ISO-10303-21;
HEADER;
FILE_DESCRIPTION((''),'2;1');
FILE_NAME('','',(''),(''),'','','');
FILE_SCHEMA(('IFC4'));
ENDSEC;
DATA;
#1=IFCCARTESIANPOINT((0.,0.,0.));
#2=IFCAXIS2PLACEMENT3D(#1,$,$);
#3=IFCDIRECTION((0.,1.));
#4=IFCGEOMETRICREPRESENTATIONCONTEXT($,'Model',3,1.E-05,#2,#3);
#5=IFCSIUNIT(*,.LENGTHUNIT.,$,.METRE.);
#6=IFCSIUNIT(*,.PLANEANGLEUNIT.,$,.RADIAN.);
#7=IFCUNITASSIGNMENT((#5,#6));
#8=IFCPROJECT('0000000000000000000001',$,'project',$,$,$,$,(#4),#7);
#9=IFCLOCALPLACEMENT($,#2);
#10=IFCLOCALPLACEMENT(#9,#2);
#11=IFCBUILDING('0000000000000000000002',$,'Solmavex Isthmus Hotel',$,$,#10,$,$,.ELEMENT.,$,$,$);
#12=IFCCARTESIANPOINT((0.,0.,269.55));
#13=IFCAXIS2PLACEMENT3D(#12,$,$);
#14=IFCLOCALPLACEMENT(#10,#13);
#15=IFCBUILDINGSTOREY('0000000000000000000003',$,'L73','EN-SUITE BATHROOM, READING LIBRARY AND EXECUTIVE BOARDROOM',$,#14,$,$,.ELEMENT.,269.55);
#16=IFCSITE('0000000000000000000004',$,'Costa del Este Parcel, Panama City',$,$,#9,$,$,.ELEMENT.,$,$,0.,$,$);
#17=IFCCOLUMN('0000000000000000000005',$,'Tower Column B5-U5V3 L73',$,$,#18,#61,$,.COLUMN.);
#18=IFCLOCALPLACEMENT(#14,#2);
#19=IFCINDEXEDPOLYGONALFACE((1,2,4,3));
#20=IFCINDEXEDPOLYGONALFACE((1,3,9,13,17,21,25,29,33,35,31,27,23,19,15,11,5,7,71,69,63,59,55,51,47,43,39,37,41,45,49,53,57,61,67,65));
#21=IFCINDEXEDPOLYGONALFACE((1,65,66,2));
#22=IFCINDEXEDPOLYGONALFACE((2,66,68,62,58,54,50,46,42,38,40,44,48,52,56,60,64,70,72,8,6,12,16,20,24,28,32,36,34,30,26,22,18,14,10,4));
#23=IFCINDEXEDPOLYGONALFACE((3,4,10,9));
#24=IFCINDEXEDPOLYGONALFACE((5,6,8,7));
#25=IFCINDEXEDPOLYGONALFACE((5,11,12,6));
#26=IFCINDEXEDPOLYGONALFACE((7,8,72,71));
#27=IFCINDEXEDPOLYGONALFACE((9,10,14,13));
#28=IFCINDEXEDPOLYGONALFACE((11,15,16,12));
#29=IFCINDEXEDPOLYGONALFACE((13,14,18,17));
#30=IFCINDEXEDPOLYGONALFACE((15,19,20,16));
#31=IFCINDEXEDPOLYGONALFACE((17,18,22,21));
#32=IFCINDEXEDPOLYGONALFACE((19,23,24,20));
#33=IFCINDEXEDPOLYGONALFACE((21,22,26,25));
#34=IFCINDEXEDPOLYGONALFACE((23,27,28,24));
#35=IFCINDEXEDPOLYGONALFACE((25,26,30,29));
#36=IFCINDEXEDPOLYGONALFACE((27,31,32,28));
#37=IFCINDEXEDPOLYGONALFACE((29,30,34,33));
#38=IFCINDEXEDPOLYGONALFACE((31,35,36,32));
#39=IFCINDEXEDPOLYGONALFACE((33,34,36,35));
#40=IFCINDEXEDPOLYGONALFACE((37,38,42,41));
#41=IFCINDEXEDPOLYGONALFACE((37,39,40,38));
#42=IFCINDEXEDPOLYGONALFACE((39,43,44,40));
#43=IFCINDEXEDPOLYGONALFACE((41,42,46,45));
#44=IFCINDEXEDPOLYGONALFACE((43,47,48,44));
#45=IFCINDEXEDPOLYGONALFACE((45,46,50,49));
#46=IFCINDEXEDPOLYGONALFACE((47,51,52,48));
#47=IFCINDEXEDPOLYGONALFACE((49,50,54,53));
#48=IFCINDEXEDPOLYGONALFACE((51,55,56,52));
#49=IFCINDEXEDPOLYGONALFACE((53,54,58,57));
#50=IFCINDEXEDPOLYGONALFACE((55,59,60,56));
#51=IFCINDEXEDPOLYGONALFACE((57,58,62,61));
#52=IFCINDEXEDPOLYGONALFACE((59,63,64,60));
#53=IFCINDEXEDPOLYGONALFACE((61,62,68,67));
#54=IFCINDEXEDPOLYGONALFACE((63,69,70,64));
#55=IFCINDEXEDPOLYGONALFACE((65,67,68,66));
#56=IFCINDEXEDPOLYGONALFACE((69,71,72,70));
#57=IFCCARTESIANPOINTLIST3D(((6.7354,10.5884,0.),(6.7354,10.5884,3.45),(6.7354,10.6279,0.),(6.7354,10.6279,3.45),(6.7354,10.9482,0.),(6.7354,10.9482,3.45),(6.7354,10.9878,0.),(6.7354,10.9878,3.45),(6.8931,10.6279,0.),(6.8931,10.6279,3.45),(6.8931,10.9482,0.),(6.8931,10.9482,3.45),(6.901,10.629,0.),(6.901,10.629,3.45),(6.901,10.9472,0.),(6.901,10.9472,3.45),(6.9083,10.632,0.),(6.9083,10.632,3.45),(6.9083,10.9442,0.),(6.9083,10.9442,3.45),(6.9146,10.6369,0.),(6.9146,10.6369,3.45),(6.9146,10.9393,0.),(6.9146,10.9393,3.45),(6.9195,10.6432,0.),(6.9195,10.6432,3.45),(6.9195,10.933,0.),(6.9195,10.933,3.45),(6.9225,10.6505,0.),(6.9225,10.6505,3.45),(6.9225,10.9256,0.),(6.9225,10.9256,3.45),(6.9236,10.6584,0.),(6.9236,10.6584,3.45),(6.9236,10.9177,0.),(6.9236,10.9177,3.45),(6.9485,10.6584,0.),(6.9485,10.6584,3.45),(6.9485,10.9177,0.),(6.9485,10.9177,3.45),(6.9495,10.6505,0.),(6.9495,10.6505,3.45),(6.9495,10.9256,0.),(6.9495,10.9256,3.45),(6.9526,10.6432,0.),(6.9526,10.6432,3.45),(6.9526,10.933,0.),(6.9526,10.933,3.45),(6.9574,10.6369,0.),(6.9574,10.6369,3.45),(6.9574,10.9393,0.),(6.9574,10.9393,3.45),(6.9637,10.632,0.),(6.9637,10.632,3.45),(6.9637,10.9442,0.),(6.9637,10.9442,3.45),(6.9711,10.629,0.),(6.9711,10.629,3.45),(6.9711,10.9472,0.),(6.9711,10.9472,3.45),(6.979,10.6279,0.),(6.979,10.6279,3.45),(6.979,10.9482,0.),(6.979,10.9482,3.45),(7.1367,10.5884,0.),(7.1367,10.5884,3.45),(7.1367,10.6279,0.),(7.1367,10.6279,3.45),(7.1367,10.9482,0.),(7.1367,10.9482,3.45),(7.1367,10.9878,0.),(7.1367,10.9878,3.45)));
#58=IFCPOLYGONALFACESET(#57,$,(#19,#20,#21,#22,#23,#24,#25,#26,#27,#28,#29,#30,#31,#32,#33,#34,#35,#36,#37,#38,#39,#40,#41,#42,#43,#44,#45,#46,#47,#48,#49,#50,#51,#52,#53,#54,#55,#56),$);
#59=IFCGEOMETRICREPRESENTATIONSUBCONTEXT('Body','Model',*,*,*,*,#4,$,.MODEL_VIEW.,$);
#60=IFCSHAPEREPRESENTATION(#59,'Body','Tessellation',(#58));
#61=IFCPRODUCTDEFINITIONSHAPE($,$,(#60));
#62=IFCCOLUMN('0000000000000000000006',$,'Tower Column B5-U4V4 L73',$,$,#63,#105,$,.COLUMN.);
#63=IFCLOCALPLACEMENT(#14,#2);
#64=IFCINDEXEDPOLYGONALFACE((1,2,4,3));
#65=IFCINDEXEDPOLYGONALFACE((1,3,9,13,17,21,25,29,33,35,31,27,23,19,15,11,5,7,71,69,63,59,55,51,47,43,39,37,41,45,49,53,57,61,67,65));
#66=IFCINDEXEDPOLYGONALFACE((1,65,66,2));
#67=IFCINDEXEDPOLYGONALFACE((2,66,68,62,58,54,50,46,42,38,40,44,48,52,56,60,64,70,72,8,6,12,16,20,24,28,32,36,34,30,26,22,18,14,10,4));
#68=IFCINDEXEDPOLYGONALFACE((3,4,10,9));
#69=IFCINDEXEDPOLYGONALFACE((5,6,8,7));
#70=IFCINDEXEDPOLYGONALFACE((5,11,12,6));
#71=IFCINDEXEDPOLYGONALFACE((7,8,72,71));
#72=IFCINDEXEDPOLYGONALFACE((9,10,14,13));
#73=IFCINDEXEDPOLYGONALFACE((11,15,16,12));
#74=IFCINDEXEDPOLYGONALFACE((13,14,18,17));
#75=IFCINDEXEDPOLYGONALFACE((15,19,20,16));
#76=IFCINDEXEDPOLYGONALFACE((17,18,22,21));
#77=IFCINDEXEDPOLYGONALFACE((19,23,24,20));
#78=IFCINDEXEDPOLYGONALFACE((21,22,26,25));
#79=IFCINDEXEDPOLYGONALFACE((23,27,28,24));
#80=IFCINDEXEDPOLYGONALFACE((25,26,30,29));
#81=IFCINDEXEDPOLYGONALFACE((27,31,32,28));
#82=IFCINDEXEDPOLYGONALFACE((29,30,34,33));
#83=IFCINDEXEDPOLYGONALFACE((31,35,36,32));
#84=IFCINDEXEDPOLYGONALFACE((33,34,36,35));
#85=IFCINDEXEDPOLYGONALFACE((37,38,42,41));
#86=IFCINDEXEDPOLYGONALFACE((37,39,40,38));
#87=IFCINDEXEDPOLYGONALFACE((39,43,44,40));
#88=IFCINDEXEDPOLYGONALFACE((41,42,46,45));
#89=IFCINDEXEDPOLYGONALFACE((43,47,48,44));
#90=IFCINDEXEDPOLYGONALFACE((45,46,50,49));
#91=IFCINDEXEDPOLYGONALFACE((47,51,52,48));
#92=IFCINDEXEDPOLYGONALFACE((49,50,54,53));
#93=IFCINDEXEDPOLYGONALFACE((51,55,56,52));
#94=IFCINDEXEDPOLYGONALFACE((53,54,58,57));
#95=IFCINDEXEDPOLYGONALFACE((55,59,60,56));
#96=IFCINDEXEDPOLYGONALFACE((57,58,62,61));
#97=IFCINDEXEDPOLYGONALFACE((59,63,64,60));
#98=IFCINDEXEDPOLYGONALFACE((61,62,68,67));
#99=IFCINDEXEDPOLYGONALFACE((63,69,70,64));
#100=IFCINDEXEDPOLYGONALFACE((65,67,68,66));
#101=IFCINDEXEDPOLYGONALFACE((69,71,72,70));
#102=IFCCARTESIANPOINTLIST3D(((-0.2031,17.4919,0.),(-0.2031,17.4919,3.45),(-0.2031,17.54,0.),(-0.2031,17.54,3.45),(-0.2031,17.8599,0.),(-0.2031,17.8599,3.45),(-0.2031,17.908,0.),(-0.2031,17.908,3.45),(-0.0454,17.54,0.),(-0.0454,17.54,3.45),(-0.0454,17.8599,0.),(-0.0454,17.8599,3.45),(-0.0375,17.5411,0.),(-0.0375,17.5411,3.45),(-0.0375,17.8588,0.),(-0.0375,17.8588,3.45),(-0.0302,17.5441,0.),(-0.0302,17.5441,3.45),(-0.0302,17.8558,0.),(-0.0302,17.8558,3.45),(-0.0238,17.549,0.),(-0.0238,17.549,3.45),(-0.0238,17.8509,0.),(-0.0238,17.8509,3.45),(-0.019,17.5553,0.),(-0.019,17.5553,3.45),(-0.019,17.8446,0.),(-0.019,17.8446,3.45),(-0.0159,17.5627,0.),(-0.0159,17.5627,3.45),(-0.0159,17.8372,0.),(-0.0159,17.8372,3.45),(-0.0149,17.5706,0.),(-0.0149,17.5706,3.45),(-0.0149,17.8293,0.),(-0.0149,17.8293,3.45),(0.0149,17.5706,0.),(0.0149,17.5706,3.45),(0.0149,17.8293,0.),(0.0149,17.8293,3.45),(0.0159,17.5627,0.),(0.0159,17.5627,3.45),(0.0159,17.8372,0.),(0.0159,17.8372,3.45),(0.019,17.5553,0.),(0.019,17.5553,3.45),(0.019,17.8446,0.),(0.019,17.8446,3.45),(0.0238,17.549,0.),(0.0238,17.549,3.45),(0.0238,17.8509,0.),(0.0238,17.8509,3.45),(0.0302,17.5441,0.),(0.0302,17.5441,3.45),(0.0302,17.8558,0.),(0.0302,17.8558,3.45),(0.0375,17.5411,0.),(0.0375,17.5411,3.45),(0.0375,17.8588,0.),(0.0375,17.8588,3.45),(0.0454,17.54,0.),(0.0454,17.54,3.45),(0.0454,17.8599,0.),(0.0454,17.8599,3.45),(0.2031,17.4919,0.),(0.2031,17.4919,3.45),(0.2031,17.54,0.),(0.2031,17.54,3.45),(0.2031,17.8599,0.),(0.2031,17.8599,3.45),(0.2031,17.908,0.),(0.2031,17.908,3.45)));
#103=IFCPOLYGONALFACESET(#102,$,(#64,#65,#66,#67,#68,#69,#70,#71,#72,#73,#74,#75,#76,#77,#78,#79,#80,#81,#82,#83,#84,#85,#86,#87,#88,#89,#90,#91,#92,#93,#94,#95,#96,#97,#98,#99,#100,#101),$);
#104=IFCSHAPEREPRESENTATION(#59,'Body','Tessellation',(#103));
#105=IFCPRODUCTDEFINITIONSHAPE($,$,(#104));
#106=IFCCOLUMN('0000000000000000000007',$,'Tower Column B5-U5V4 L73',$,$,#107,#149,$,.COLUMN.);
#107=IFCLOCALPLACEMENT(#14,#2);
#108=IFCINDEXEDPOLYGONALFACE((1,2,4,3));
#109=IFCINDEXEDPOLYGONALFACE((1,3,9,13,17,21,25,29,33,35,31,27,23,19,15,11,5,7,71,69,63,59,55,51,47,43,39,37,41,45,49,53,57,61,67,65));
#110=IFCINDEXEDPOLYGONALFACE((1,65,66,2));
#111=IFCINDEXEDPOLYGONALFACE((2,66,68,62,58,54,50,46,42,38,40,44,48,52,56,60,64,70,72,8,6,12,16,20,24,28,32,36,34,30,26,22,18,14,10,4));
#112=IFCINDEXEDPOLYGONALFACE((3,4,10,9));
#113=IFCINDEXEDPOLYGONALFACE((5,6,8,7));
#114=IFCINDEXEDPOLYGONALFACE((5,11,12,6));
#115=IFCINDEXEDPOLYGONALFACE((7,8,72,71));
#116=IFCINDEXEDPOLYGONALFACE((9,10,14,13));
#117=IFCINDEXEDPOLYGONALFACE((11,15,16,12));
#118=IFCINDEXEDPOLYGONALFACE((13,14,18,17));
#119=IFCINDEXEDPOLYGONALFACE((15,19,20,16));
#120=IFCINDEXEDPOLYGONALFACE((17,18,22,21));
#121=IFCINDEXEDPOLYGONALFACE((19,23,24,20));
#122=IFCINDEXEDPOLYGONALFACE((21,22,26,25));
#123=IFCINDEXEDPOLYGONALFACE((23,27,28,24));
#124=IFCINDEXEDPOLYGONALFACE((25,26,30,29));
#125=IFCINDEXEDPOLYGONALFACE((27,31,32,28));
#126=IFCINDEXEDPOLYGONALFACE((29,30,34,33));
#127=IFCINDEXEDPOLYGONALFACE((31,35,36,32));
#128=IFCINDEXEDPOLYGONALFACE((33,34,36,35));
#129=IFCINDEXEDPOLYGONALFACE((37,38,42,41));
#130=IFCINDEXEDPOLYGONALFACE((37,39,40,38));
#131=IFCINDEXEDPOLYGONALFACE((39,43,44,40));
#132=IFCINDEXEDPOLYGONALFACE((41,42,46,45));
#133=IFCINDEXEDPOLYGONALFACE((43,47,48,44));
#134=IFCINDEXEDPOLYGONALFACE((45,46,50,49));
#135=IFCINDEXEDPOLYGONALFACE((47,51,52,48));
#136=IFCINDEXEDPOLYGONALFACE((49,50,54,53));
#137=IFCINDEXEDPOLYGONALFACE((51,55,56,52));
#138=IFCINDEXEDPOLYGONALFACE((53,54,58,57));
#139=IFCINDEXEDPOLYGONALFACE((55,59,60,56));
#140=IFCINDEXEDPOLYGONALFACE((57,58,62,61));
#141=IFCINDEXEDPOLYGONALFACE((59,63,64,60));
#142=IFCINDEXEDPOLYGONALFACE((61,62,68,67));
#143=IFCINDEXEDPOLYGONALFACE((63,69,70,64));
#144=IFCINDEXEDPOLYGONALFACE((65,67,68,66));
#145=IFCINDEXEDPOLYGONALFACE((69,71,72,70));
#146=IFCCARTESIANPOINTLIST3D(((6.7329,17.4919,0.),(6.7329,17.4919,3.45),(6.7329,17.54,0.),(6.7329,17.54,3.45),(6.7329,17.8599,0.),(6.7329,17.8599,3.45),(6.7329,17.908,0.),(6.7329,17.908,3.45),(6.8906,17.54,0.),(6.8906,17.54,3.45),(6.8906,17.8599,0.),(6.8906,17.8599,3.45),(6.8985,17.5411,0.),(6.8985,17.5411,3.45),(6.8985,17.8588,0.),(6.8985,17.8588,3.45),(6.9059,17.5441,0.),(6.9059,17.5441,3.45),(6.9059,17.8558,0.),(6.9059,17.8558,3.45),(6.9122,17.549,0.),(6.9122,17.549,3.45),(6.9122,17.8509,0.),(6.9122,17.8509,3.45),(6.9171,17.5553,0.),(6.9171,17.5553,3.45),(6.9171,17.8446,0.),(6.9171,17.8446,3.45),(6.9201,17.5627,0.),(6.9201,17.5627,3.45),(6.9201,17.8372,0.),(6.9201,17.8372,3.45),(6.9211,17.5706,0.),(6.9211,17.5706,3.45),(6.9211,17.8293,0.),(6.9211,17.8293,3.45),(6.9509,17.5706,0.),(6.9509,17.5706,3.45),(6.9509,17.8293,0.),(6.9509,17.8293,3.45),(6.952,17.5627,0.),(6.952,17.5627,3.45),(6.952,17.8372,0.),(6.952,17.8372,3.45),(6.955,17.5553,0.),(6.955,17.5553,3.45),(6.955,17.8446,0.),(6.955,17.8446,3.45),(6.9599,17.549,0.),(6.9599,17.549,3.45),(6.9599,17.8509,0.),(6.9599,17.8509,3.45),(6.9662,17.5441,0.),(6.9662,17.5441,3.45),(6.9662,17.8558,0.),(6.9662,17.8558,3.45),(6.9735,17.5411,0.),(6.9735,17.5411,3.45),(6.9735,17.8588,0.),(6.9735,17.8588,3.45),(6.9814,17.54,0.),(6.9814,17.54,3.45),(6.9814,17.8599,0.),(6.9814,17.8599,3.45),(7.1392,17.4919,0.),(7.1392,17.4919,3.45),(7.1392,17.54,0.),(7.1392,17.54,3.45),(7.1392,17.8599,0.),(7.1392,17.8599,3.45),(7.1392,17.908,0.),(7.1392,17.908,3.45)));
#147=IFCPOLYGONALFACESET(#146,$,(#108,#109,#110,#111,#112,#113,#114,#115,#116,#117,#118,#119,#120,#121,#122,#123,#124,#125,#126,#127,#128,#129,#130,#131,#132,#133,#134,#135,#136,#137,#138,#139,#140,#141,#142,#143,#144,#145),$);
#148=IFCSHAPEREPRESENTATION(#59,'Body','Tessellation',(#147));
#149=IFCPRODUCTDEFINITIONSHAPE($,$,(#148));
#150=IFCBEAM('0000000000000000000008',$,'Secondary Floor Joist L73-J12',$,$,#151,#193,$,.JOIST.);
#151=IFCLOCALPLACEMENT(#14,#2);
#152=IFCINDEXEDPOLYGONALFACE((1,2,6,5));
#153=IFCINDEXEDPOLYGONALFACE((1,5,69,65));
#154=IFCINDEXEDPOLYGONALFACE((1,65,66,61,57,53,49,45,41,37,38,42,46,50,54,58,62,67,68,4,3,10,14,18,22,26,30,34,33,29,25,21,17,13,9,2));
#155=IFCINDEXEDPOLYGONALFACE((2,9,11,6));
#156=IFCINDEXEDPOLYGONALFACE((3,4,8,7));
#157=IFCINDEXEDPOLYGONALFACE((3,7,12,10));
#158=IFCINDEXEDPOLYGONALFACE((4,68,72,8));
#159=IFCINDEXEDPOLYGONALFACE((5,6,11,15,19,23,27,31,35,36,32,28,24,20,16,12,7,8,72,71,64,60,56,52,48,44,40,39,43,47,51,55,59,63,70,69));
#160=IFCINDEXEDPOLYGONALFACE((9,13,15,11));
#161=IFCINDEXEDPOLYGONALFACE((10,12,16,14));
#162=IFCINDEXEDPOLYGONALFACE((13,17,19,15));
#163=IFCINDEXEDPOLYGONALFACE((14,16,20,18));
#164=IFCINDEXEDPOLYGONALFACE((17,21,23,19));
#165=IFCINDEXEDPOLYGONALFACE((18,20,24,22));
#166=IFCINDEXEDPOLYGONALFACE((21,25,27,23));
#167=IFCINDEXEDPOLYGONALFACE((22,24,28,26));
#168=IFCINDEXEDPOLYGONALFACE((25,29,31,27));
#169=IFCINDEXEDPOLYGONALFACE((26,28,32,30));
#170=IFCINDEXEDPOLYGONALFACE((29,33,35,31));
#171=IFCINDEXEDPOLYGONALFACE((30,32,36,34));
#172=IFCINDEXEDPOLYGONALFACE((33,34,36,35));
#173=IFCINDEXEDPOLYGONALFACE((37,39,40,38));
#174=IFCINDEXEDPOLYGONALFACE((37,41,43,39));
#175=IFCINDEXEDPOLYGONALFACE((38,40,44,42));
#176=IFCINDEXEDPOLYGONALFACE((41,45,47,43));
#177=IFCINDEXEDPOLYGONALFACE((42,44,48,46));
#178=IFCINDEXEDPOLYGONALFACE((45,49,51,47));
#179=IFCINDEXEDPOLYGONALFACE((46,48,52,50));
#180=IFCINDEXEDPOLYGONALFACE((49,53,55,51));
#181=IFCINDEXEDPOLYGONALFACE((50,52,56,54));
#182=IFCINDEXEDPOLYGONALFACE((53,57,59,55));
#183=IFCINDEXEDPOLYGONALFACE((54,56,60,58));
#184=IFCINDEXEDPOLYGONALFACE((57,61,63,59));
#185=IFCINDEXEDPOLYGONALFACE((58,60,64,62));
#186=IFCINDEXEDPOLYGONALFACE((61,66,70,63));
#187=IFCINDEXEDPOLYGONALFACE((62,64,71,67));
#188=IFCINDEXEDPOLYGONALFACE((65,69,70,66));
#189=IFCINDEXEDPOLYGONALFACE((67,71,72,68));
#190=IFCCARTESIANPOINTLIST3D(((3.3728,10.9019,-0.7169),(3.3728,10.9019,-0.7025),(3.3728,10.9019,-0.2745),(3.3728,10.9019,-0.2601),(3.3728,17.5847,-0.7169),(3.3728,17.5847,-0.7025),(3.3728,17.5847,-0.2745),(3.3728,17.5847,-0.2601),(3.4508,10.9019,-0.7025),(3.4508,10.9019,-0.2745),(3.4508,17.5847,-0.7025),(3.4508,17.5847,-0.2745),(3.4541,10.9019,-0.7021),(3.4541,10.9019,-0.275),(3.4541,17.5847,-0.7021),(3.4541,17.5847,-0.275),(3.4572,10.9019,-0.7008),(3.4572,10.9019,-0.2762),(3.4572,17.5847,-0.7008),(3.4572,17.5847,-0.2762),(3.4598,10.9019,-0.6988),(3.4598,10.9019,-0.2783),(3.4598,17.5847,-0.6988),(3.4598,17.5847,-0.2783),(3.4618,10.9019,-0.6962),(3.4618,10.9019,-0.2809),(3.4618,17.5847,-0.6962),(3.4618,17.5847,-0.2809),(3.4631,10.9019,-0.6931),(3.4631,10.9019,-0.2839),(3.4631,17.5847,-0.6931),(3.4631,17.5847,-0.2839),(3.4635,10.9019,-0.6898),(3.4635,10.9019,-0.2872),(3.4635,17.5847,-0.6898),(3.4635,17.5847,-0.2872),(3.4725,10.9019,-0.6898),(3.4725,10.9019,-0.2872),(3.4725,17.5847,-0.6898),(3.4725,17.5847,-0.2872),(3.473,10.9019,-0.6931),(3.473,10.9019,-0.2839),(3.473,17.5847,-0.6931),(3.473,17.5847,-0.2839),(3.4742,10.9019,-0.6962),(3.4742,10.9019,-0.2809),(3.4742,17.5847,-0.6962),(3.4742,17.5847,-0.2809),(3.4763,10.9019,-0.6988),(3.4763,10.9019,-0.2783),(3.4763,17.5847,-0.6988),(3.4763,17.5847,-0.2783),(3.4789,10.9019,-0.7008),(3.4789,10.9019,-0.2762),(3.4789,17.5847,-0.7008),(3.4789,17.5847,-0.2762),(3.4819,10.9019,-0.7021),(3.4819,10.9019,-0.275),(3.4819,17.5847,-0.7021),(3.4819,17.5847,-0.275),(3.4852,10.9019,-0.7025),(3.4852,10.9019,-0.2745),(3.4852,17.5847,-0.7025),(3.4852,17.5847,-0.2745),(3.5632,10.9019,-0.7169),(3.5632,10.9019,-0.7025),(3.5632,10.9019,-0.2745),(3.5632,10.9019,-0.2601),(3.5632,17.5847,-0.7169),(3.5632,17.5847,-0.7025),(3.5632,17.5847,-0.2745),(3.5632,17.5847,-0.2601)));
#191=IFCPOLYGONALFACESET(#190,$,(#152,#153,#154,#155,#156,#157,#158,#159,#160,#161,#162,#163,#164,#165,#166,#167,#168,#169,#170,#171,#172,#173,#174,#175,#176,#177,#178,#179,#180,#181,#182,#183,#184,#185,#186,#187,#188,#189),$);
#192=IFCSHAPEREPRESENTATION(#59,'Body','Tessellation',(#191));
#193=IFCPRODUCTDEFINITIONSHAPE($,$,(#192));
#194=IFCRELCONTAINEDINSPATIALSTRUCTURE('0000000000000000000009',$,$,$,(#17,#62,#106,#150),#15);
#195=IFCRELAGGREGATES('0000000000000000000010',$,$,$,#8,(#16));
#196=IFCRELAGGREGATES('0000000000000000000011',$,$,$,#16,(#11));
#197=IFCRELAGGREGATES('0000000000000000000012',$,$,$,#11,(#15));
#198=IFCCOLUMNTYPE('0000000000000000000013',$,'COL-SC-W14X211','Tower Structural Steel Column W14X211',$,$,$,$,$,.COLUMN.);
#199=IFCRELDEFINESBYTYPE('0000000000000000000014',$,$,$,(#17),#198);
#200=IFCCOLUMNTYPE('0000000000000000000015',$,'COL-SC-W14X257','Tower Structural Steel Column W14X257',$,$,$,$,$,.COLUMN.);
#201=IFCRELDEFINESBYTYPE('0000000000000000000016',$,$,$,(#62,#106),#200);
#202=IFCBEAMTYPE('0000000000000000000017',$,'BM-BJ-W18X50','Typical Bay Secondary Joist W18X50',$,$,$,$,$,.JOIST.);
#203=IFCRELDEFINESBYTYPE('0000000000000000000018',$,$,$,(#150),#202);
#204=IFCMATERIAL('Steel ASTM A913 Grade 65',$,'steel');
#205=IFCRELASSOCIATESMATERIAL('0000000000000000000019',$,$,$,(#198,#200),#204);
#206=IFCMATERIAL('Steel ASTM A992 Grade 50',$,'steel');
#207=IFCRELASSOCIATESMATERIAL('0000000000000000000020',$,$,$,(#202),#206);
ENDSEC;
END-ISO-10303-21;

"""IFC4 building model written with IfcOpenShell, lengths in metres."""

from ifc_helpers import new_model, si_unit, direction, frame, origin, origin_2d, place, context, subcontext, project, spatial, i_section, extrude, material, material_profile, profile_set, type_object, element, save


model = new_model("IFC4")

# Units and contexts
model_context = context("Model", 3, precision=1e-05, world=origin(), true_north=direction((0.0, 1.0)))
body_context = subcontext(model_context, "Body", "Model", "MODEL_VIEW")
ifc_project = project(units=[si_unit("LENGTHUNIT", "METRE"), si_unit("PLANEANGLEUNIT", "RADIAN")], contexts=[model_context])

# Site, building, storey
site_placement = place(None, origin())
site = spatial("IfcSite", under=ifc_project, at=site_placement, Name="Costa del Este Parcel, Panama City", CompositionType="ELEMENT", RefElevation=0.0)
building_placement = place(site_placement, origin())
building = spatial("IfcBuilding", under=site, at=building_placement, Name="Solmavex Isthmus Hotel", CompositionType="ELEMENT")
storey_placement = place(building_placement, frame((0.0, 0.0, 269.55)))
storey = spatial("IfcBuildingStorey", under=building, at=storey_placement, Name="L73", Description="EN-SUITE BATHROOM, READING LIBRARY AND EXECUTIVE BOARDROOM", CompositionType="ELEMENT", Elevation=269.55)

# Columns
ifc_material_1 = material(Name="Steel ASTM A913 Grade 65", Category="steel")
ifc_material_profile_1 = material_profile(ifc_material_1, i_section(OverallWidth=0.4014, OverallDepth=0.3994, WebThickness=0.0249, FlangeThickness=0.0396, FilletRadius=0.0305, at=origin_2d()), Name="W14X211")
ifc_profile_set_1 = profile_set([ifc_material_profile_1], Name="Steel ASTM A913 Grade 65")
column_type_1 = type_object("IfcColumnType", Name="COL-SC-W14X211", Description="Tower Structural Steel Column W14X211", PredefinedType="COLUMN", material=ifc_profile_set_1)
column_placement = place(storey_placement, frame((6.936, 10.7881, 0.0), z_axis=(0.0, 0.0, 1.0), x_axis=(1.0, 0.0, 0.0)))
element("IfcColumn", 1, at=column_placement, inside=storey, type_object=column_type_1, Name="Tower Column B5-U5V3 L73", PredefinedType="COLUMN", context=body_context, shape_type="SweptSolid", body=[
    extrude(i_section(OverallWidth=0.4014, OverallDepth=0.3994, WebThickness=0.0249, FlangeThickness=0.0396, FilletRadius=0.0305, at=origin_2d()), origin(), (0.0, 0.0, 1.0), 3.45),
])
ifc_material_profile_2 = material_profile(ifc_material_1, i_section(OverallWidth=0.4062, OverallDepth=0.416, WebThickness=0.0298, FlangeThickness=0.0481, FilletRadius=0.0305, at=origin_2d()), Name="W14X257")
ifc_profile_set_2 = profile_set([ifc_material_profile_2], Name="Steel ASTM A913 Grade 65")
column_type_2 = type_object("IfcColumnType", Name="COL-SC-W14X257", Description="Tower Structural Steel Column W14X257", PredefinedType="COLUMN", material=ifc_profile_set_2)
for number, where, z_axis, x_axis, name in (
    (2, (0.0, 17.7, 0.0), (0.0, 0.0, 1.0), (1.0, 0.0, 0.0), "Tower Column B5-U4V4 L73"),
    (3, (6.936, 17.7, 0.0), (0.0, 0.0, 1.0), (1.0, 0.0, 0.0), "Tower Column B5-U5V4 L73"),
):
    element("IfcColumn", number, at=place(storey_placement, frame(where, z_axis=z_axis, x_axis=x_axis)), inside=storey, type_object=column_type_2, Name=name, PredefinedType="COLUMN", context=body_context, shape_type="SweptSolid", body=[
        extrude(i_section(OverallWidth=0.4062, OverallDepth=0.416, WebThickness=0.0298, FlangeThickness=0.0481, FilletRadius=0.0305, at=origin_2d()), origin(), (0.0, 0.0, 1.0), 3.45),
    ])

# Beam
ifc_material_2 = material(Name="Steel ASTM A992 Grade 50", Category="steel")
ifc_material_profile_3 = material_profile(ifc_material_2, i_section(OverallWidth=0.1904, OverallDepth=0.4568, WebThickness=0.009, FlangeThickness=0.0144, FilletRadius=0.0127, at=origin_2d()), Name="W18X50")
ifc_profile_set_3 = profile_set([ifc_material_profile_3], Name="Steel ASTM A992 Grade 50")
beam_type_1 = type_object("IfcBeamType", Name="BM-BJ-W18X50", Description="Typical Bay Secondary Joist W18X50", PredefinedType="JOIST", material=ifc_profile_set_3)
for number, where, z_axis, x_axis, name in (
    (4, (3.468, 10.9019, -0.4885), (0.0, 1.0, 0.0), (-1.0, 0.0, 0.0), "Secondary Floor Joist L73-J12"),
):
    element("IfcBeam", number, at=place(storey_placement, frame(where, z_axis=z_axis, x_axis=x_axis)), inside=storey, type_object=beam_type_1, Name=name, PredefinedType="JOIST", context=body_context, shape_type="SweptSolid", body=[
        extrude(i_section(OverallWidth=0.1904, OverallDepth=0.4568, WebThickness=0.009, FlangeThickness=0.0144, FilletRadius=0.0127, at=origin_2d()), origin(), (0.0, 0.0, 1.0), 6.6829),
    ])

save(model, "model.ifc")
